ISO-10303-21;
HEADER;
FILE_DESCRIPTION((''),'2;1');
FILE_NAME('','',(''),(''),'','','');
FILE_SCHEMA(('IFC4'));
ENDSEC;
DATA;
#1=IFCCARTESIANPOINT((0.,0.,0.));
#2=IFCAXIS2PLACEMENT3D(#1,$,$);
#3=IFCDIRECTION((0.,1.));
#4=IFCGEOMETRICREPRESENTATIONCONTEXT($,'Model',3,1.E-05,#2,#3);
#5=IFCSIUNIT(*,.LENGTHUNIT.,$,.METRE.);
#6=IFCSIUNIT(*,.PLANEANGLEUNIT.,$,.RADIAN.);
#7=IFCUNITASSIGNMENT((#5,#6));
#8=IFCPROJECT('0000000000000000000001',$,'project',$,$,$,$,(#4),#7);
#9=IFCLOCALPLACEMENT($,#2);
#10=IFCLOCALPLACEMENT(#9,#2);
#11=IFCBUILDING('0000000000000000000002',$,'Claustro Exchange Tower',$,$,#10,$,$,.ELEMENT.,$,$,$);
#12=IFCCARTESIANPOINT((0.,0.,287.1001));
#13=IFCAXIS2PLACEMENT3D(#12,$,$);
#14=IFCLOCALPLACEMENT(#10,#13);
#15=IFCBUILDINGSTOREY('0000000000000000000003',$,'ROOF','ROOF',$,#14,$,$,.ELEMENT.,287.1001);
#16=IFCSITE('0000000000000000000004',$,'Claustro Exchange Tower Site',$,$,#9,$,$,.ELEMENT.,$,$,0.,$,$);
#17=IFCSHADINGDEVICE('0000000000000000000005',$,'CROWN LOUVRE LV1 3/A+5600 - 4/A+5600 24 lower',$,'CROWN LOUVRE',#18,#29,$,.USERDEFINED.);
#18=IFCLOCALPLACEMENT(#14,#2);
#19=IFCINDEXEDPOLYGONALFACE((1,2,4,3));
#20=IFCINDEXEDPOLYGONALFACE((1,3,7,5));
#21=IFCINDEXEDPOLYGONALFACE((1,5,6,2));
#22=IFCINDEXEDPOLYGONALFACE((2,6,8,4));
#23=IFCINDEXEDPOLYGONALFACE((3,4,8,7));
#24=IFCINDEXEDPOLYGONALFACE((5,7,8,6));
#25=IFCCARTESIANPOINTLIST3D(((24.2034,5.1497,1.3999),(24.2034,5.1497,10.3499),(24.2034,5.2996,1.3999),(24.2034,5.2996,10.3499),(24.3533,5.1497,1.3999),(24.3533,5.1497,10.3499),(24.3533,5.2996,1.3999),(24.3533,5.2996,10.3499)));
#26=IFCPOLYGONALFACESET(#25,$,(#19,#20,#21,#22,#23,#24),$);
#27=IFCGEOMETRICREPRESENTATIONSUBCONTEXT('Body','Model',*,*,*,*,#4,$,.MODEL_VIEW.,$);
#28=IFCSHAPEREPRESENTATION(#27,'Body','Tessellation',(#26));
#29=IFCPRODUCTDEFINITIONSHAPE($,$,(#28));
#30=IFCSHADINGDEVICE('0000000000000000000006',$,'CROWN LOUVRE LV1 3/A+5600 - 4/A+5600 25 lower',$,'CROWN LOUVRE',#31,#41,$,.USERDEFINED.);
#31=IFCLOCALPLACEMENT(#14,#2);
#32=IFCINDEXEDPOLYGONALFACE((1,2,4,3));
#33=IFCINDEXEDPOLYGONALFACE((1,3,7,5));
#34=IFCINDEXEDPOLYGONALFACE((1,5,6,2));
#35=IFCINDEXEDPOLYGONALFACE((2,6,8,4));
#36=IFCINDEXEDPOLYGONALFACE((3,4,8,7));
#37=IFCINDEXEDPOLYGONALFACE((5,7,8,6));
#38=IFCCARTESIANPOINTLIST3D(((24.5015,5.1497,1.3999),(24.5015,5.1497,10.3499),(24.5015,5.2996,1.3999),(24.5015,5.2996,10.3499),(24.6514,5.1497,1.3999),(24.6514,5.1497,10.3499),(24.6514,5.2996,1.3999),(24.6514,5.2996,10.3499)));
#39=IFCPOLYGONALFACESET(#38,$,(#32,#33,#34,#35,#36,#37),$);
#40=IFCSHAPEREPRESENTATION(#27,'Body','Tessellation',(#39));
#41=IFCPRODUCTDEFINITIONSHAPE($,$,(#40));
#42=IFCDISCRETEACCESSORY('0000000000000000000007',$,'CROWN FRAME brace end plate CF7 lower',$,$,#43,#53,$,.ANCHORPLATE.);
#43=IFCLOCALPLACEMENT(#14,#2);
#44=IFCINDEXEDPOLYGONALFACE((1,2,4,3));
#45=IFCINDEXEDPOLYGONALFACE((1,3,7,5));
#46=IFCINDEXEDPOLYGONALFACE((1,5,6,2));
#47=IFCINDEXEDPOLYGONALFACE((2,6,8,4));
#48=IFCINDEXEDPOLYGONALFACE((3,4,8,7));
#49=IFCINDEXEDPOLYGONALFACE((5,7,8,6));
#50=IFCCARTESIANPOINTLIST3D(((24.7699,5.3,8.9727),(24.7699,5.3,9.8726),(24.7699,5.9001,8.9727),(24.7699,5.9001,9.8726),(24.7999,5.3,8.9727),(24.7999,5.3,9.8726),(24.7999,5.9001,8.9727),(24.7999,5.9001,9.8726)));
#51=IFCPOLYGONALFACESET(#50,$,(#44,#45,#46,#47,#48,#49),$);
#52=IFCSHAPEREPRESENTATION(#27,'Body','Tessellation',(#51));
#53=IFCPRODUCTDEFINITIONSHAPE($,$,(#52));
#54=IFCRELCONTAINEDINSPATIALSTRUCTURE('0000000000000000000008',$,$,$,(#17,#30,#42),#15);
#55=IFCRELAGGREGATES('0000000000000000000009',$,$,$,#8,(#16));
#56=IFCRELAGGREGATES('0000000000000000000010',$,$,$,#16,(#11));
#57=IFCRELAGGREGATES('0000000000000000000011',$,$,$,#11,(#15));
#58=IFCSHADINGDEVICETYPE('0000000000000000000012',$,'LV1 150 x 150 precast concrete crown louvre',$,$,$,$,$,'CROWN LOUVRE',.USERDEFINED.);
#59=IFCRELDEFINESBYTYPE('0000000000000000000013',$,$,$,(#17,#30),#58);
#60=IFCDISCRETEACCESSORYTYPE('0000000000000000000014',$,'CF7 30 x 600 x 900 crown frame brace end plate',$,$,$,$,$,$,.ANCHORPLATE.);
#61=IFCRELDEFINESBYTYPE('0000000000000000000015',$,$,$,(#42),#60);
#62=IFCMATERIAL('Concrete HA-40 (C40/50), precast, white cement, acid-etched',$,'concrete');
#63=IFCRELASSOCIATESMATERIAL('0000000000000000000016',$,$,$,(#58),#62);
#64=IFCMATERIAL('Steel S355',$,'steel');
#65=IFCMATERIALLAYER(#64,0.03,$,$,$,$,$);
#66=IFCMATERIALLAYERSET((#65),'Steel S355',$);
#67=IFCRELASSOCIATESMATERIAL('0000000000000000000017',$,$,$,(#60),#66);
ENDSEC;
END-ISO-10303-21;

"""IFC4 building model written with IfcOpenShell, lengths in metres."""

from ifc_helpers import new_model, si_unit, direction, frame, origin, origin_2d, place, context, subcontext, project, spatial, rectangle, extrude, material, layer, layer_set, type_object, element, save


model = new_model("IFC4")

# Units and contexts
model_context = context("Model", 3, precision=1e-05, world=origin(), true_north=direction((0.0, 1.0)))
body_context = subcontext(model_context, "Body", "Model", "MODEL_VIEW")
ifc_project = project(units=[si_unit("LENGTHUNIT", "METRE"), si_unit("PLANEANGLEUNIT", "RADIAN")], contexts=[model_context])

# Site, building, storey
site_placement = place(None, origin())
site = spatial("IfcSite", under=ifc_project, at=site_placement, Name="Claustro Exchange Tower Site", CompositionType="ELEMENT", RefElevation=0.0)
building_placement = place(site_placement, origin())
building = spatial("IfcBuilding", under=site, at=building_placement, Name="Claustro Exchange Tower", CompositionType="ELEMENT")
storey_placement = place(building_placement, frame((0.0, 0.0, 287.1001)))
storey = spatial("IfcBuildingStorey", under=building, at=storey_placement, Name="ROOF", Description="ROOF", CompositionType="ELEMENT", Elevation=287.1001)

# Shading devices
ifc_material_1 = material(Name="Concrete HA-40 (C40/50), precast, white cement, acid-etched", Category="concrete")
shading_device_type = type_object("IfcShadingDeviceType", Name="LV1 150 x 150 precast concrete crown louvre", ElementType="CROWN LOUVRE", PredefinedType="USERDEFINED", material=ifc_material_1)
for number, where, z_axis, x_axis, name in (
    (1, (24.2783, 5.2246, 1.3999), (0.0, 0.0, 1.0), (1.0, 0.0, 0.0), "CROWN LOUVRE LV1 3/A+5600 - 4/A+5600 24 lower"),
    (2, (24.5764, 5.2246, 1.3999), (0.0, 0.0, 1.0), (1.0, 0.0, 0.0), "CROWN LOUVRE LV1 3/A+5600 - 4/A+5600 25 lower"),
):
    element("IfcShadingDevice", number, at=place(storey_placement, frame(where, z_axis=z_axis, x_axis=x_axis)), inside=storey, type_object=shading_device_type, Name=name, ObjectType="CROWN LOUVRE", PredefinedType="USERDEFINED", context=body_context, shape_type="SweptSolid", body=[
        extrude(rectangle(XDim=0.1499, YDim=0.1499, at=origin_2d()), origin(), (0.0, 0.0, 1.0), 8.95),
    ])

# Discrete accessory
ifc_material_2 = material(Name="Steel S355", Category="steel")
ifc_layer_1 = layer(ifc_material_2, 0.03)
ifc_layer_set_1 = layer_set([ifc_layer_1], Name="Steel S355")
discrete_accessory_type = type_object("IfcDiscreteAccessoryType", Name="CF7 30 x 600 x 900 crown frame brace end plate", PredefinedType="ANCHORPLATE", material=ifc_layer_set_1)
discrete_accessory_placement = place(storey_placement, frame((24.7849, 5.6001, 8.9727), z_axis=(0.0, 0.0, 1.0), x_axis=(1.0, 0.0, 0.0)))
element("IfcDiscreteAccessory", 3, at=discrete_accessory_placement, inside=storey, type_object=discrete_accessory_type, Name="CROWN FRAME brace end plate CF7 lower", PredefinedType="ANCHORPLATE", context=body_context, shape_type="SweptSolid", body=[
    extrude(rectangle(XDim=0.03, YDim=0.6001, at=origin_2d()), origin(), (0.0, 0.0, 1.0), 0.8999),
])

save(model, "model.ifc")
